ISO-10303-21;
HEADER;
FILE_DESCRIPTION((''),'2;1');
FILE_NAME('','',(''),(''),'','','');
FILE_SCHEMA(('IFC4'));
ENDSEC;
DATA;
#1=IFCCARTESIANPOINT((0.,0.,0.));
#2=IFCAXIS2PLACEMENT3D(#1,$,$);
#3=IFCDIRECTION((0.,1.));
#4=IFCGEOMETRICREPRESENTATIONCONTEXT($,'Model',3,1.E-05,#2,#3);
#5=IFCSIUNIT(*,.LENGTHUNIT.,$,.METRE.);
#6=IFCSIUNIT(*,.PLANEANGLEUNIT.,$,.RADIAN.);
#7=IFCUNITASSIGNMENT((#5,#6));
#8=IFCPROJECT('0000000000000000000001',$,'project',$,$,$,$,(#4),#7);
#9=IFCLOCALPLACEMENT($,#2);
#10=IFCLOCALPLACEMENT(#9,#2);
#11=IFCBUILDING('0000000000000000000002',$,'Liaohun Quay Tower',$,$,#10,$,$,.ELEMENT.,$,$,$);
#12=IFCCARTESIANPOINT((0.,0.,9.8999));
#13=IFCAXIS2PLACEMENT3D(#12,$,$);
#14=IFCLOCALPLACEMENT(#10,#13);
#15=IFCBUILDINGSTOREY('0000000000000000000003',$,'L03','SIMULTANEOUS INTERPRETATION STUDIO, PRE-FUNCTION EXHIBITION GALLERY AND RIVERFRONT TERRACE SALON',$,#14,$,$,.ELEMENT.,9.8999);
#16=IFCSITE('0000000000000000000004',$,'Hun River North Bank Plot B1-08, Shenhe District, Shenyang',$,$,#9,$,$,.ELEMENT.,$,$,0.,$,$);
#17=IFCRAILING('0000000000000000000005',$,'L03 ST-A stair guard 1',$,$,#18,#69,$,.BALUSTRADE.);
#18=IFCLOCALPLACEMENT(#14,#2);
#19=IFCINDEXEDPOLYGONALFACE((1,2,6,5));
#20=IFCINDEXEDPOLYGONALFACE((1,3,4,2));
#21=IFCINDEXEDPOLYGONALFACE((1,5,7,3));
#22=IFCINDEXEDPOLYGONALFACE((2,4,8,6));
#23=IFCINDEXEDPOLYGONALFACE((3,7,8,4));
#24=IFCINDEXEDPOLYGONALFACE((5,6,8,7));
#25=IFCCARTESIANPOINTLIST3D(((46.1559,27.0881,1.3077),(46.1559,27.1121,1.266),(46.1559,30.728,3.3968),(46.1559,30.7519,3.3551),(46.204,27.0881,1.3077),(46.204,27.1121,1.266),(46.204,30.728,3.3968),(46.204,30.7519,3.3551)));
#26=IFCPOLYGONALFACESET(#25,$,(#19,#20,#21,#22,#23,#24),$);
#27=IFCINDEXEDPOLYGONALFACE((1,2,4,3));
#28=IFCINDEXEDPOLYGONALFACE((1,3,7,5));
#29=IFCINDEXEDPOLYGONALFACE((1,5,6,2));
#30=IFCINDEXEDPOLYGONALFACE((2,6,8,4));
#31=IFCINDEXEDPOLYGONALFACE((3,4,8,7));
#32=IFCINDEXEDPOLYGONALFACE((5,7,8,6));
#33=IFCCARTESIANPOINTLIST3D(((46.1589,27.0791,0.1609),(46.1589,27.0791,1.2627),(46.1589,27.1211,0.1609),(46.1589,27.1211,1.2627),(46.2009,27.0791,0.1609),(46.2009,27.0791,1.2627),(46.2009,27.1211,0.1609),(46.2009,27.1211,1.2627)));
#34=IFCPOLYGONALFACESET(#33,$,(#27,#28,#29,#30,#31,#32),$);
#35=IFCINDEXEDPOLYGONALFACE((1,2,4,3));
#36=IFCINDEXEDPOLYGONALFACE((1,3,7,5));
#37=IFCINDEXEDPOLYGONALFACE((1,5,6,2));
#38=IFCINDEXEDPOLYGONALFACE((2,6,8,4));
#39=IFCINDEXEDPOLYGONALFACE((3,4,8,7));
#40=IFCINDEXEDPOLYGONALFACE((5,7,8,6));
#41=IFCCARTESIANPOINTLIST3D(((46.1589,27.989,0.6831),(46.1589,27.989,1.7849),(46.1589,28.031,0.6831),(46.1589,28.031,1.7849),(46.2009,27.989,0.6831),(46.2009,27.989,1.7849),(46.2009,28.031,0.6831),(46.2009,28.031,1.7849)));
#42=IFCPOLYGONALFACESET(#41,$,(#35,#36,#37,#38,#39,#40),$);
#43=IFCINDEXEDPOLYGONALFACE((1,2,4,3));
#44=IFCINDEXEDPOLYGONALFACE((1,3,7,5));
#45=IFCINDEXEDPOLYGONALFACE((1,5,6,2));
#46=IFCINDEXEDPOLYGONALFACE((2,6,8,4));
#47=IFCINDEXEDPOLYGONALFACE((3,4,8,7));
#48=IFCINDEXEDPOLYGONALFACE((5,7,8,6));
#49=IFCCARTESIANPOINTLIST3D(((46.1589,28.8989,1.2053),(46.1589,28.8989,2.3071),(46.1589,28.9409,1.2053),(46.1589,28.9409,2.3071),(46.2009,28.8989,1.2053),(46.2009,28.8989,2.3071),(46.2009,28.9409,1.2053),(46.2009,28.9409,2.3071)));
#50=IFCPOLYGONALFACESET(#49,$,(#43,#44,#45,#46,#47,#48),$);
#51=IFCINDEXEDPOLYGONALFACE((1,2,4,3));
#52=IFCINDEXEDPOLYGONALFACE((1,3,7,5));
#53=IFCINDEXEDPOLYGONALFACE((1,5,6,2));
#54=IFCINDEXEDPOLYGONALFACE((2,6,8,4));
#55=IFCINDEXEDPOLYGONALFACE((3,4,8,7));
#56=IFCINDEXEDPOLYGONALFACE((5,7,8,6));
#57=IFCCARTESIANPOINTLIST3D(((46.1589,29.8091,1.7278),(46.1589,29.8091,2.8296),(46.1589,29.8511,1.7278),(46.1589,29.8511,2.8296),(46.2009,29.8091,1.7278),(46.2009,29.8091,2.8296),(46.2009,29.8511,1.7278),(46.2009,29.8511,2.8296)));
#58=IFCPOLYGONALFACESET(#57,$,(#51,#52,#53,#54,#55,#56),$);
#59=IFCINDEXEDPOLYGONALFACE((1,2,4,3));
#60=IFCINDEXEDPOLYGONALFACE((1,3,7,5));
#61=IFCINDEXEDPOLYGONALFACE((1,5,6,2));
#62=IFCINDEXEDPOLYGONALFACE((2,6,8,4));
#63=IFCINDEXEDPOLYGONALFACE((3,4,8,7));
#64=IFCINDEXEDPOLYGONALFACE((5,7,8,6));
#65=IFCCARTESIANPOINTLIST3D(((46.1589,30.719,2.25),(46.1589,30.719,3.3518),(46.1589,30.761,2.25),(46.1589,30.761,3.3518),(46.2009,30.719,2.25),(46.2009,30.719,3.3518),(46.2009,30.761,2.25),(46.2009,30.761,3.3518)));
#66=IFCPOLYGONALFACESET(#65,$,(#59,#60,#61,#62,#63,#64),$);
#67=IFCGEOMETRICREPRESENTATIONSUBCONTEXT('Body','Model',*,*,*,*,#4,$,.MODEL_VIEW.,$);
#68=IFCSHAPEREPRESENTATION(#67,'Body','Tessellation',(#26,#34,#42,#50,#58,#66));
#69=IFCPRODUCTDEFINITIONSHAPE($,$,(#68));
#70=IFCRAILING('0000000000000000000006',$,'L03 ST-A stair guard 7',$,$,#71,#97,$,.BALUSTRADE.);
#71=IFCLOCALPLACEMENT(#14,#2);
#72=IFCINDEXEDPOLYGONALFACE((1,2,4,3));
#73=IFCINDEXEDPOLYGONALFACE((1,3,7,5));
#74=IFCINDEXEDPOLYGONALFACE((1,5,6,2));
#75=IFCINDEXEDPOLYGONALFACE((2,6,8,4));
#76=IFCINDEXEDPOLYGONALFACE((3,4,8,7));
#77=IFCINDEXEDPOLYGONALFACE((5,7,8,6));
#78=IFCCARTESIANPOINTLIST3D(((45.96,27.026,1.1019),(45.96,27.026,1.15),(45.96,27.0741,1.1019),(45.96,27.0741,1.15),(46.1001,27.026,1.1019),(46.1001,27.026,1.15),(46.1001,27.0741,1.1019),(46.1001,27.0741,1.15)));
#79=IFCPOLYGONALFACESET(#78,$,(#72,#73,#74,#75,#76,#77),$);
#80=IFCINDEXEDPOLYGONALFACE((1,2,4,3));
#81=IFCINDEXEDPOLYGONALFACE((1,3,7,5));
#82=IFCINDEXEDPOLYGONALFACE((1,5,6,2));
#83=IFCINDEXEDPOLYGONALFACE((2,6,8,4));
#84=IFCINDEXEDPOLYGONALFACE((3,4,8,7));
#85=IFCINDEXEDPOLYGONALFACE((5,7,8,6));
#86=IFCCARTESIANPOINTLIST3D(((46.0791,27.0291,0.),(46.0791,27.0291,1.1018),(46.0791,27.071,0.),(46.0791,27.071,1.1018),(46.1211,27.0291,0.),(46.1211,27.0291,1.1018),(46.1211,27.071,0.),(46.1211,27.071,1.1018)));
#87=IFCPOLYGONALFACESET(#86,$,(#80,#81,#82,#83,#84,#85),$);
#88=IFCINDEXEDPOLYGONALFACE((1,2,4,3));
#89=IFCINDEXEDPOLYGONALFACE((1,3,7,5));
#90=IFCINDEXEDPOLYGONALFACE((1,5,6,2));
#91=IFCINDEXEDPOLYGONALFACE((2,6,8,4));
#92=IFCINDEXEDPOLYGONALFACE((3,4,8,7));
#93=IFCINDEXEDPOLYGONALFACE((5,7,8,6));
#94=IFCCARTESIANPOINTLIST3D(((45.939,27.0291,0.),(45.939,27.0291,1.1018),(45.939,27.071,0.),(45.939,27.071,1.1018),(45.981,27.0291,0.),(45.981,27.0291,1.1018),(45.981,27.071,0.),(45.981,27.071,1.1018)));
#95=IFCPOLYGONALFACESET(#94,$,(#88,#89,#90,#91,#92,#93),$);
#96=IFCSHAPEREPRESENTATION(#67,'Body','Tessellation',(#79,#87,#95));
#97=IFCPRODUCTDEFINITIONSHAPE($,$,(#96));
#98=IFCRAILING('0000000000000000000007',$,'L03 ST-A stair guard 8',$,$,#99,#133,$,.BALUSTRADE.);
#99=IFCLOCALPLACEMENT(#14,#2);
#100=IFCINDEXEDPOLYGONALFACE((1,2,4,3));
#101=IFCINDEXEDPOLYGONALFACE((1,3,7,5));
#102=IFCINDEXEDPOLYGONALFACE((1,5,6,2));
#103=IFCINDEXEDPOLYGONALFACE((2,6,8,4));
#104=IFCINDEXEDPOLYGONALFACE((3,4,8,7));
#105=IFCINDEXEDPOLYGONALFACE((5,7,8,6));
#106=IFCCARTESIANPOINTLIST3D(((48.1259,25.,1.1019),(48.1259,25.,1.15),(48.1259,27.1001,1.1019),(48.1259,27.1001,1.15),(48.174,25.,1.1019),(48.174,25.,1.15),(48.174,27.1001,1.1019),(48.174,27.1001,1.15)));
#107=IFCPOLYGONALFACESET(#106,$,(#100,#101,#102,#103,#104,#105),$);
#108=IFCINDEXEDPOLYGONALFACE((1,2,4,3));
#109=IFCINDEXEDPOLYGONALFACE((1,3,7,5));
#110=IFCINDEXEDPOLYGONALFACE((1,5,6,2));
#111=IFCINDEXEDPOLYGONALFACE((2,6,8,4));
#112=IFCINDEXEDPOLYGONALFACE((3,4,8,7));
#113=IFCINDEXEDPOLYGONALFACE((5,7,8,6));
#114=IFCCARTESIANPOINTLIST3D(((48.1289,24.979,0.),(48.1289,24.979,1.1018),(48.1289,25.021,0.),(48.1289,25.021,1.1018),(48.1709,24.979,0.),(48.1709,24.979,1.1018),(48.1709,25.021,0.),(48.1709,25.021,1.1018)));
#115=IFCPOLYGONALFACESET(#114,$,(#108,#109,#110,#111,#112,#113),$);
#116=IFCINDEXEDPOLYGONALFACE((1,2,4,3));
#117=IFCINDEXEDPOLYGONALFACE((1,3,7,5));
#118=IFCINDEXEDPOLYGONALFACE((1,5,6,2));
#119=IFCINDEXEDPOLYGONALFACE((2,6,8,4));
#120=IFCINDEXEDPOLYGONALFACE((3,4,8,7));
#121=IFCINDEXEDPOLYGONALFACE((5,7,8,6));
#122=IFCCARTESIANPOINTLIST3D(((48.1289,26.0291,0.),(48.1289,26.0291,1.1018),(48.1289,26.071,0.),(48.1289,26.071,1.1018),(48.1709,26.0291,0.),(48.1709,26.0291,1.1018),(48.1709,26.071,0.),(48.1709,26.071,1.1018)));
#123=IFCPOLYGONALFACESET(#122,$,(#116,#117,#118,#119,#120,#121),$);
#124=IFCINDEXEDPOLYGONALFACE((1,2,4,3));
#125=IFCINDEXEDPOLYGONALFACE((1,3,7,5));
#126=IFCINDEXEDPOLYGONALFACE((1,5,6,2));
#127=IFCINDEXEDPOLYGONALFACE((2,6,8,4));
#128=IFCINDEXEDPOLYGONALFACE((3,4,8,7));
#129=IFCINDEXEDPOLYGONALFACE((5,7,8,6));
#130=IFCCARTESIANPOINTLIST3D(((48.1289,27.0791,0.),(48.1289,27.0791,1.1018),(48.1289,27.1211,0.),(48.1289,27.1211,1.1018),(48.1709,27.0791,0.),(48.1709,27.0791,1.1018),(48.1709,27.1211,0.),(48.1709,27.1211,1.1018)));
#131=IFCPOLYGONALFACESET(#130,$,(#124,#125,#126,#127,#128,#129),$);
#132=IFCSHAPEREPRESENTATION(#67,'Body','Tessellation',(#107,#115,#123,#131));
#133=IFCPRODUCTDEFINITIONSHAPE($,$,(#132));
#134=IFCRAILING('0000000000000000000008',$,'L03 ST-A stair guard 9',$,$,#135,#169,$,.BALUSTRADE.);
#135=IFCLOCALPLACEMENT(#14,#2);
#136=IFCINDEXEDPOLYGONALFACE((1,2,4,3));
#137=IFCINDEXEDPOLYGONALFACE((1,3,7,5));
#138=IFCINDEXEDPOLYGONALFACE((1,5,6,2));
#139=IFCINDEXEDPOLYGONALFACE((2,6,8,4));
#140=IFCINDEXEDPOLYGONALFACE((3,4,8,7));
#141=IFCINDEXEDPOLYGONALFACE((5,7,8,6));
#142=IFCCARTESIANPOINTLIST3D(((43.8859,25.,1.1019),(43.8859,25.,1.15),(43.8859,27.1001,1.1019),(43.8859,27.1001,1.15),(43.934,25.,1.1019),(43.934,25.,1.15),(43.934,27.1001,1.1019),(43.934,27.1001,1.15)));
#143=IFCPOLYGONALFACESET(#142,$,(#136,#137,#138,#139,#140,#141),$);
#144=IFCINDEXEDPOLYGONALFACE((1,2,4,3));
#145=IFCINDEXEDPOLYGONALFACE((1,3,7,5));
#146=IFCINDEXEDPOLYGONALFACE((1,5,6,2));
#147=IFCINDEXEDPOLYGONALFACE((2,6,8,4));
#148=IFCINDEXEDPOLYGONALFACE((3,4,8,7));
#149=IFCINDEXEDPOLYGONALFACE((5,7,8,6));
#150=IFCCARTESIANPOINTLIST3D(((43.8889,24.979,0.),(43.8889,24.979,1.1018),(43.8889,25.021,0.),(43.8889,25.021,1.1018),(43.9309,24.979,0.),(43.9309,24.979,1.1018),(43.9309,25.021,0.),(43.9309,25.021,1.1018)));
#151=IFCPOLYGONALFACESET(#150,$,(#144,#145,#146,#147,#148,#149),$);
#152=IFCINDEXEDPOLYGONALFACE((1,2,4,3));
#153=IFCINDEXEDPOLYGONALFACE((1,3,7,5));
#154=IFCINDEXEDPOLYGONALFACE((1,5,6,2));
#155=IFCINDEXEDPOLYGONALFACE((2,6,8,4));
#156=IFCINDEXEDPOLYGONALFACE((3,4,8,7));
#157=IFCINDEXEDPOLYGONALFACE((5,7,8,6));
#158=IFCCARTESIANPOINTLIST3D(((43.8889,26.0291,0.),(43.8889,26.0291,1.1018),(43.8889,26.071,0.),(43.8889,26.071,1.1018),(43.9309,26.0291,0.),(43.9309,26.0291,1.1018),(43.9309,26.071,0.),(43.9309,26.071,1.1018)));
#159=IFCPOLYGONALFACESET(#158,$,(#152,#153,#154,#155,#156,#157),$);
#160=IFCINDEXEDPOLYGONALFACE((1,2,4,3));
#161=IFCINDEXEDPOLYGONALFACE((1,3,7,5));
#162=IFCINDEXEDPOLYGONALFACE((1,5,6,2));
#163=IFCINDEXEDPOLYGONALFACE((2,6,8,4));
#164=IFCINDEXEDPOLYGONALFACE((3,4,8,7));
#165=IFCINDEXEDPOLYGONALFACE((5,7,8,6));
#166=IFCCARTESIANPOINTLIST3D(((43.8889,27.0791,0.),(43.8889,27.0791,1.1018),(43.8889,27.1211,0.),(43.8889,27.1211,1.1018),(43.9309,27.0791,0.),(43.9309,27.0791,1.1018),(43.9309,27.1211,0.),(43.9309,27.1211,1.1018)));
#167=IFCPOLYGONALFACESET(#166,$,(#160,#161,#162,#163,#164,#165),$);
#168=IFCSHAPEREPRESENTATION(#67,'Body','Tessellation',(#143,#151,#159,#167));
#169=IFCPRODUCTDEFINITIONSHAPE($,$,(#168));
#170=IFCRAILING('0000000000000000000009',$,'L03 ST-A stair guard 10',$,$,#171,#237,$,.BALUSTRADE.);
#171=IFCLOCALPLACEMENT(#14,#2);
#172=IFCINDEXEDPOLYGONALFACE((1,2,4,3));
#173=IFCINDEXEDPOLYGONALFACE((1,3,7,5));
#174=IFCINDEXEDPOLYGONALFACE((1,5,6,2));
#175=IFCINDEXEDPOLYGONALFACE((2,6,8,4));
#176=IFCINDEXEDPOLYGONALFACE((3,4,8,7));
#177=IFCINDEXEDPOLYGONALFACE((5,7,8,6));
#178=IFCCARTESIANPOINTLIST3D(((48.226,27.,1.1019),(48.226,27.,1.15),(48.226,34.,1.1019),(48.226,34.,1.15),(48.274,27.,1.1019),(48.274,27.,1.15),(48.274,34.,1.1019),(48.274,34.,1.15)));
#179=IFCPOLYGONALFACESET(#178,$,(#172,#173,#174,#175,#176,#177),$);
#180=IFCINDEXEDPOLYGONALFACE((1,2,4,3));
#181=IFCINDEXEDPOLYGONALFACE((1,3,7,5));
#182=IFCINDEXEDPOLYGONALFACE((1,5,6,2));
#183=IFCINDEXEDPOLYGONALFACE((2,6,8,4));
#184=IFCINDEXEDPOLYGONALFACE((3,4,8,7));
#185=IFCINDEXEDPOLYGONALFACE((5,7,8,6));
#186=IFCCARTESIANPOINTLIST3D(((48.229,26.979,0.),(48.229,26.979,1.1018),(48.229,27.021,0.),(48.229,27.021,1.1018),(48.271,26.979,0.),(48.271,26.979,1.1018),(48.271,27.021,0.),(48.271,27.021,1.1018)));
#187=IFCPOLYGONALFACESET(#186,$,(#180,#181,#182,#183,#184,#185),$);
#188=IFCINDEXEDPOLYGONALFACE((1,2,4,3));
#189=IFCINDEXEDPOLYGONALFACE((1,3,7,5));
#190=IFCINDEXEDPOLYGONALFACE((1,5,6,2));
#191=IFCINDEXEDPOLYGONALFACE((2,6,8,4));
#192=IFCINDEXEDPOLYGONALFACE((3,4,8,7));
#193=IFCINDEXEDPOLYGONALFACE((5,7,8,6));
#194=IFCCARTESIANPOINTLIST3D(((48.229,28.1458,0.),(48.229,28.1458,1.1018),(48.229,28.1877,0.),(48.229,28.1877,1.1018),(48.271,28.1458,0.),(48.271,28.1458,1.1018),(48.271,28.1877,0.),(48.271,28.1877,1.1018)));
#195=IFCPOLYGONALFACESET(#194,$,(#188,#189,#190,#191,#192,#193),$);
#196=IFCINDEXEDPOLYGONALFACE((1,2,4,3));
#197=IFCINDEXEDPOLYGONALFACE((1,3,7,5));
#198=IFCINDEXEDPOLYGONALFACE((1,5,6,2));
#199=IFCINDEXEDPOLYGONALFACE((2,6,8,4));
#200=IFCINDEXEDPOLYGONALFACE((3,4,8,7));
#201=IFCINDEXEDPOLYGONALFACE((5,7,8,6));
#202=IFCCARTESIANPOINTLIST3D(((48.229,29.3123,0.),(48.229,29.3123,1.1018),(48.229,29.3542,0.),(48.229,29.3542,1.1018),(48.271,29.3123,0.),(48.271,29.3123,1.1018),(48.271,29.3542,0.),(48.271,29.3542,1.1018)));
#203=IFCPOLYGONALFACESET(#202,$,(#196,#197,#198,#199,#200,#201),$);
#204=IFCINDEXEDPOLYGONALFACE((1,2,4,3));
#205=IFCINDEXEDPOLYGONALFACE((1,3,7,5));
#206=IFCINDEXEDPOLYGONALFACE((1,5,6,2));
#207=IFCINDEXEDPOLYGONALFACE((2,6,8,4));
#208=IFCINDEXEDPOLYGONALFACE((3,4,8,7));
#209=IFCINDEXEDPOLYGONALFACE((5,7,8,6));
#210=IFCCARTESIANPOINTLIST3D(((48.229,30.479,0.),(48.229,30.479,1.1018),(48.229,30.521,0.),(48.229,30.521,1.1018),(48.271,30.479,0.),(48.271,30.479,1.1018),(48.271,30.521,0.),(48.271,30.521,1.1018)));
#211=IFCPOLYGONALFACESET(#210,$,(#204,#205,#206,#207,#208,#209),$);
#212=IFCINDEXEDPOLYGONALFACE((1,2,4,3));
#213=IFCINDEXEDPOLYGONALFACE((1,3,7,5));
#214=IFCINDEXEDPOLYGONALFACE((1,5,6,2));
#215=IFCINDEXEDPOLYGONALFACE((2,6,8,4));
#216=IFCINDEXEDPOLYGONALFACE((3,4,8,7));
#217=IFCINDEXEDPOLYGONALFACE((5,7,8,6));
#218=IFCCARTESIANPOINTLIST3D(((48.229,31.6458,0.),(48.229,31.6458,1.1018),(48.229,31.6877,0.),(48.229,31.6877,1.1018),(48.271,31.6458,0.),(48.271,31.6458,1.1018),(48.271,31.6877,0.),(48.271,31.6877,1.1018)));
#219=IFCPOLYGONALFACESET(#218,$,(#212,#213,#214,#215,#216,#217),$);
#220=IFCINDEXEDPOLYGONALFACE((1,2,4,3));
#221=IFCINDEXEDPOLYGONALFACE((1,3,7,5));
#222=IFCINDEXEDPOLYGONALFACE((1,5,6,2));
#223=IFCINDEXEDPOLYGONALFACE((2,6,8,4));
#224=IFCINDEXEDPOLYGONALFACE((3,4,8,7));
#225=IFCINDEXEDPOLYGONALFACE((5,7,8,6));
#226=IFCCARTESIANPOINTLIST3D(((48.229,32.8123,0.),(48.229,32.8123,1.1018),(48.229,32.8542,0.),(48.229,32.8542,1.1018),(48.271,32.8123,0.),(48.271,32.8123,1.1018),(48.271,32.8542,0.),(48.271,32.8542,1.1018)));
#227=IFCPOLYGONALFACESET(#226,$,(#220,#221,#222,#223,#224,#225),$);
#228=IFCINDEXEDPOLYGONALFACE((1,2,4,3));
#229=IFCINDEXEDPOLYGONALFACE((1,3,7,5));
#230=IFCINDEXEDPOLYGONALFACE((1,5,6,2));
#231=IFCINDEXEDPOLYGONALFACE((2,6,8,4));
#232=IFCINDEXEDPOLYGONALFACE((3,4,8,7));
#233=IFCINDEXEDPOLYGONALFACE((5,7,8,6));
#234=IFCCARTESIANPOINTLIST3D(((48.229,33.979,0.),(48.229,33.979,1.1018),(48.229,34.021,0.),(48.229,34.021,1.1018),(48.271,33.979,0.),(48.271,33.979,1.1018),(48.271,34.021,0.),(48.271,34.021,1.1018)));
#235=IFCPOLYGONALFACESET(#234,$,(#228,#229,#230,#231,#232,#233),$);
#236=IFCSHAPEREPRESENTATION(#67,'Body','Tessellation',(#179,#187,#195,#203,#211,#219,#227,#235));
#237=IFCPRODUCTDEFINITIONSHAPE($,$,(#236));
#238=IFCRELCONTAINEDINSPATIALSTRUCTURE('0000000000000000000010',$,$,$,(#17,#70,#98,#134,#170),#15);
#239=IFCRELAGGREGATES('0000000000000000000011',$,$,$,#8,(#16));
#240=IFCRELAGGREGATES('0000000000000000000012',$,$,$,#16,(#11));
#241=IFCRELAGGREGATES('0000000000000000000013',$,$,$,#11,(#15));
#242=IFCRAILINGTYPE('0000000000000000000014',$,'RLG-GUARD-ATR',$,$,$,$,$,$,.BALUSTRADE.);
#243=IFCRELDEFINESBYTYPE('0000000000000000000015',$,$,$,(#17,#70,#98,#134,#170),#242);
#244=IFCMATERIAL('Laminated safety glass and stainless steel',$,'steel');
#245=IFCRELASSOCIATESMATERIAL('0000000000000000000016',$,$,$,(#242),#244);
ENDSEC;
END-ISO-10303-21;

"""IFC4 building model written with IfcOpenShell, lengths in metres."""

from ifc_helpers import new_model, si_unit, direction, frame, origin, origin_2d, place, context, subcontext, project, spatial, rectangle, extrude, material, type_object, element, save


model = new_model("IFC4")

# Units and contexts
model_context = context("Model", 3, precision=1e-05, world=origin(), true_north=direction((0.0, 1.0)))
body_context = subcontext(model_context, "Body", "Model", "MODEL_VIEW")
ifc_project = project(units=[si_unit("LENGTHUNIT", "METRE"), si_unit("PLANEANGLEUNIT", "RADIAN")], contexts=[model_context])

# Site, building, storey
site_placement = place(None, origin())
site = spatial("IfcSite", under=ifc_project, at=site_placement, Name="Hun River North Bank Plot B1-08, Shenhe District, Shenyang", CompositionType="ELEMENT", RefElevation=0.0)
building_placement = place(site_placement, origin())
building = spatial("IfcBuilding", under=site, at=building_placement, Name="Liaohun Quay Tower", CompositionType="ELEMENT")
storey_placement = place(building_placement, frame((0.0, 0.0, 9.8999)))
storey = spatial("IfcBuildingStorey", under=building, at=storey_placement, Name="L03", Description="SIMULTANEOUS INTERPRETATION STUDIO, PRE-FUNCTION EXHIBITION GALLERY AND RIVERFRONT TERRACE SALON", CompositionType="ELEMENT", Elevation=9.8999)

# Railings
ifc_material_1 = material(Name="Laminated safety glass and stainless steel", Category="steel")
railing_type_1 = type_object("IfcRailingType", Name="RLG-GUARD-ATR", PredefinedType="BALUSTRADE", material=ifc_material_1)
railing_1_placement = place(storey_placement, frame((46.1799, 27.1001, 0.1609)))
element("IfcRailing", 1, at=railing_1_placement, inside=storey, type_object=railing_type_1, Name="L03 ST-A stair guard 1", PredefinedType="BALUSTRADE", context=body_context, shape_type="SweptSolid", body=[
    extrude(rectangle(XDim=0.0481, YDim=0.0481, at=origin_2d()), frame((0.0, 0.0, 1.126), z_axis=(0.0, 0.8673, 0.497786), x_axis=(-1.0, 0.0, 0.0)), (0.0, 0.0, 1.0), 4.1968),
    extrude(rectangle(XDim=0.042, YDim=0.042, at=origin_2d()), origin(), (0.0, 0.0, 1.0), 1.1018),
    extrude(rectangle(XDim=0.042, YDim=0.042, at=origin_2d()), frame((0.0, 0.9099, 0.5222)), (0.0, 0.0, 1.0), 1.1018),
    extrude(rectangle(XDim=0.042, YDim=0.042, at=origin_2d()), frame((0.0, 1.8198, 1.0444)), (0.0, 0.0, 1.0), 1.1018),
    extrude(rectangle(XDim=0.042, YDim=0.042, at=origin_2d()), frame((0.0, 2.73, 1.5669)), (0.0, 0.0, 1.0), 1.1018),
    extrude(rectangle(XDim=0.042, YDim=0.042, at=origin_2d()), frame((0.0, 3.6399, 2.0891)), (0.0, 0.0, 1.0), 1.1018),
])
railing_2_placement = place(storey_placement, frame((46.1001, 27.05, 0.0)))
element("IfcRailing", 2, at=railing_2_placement, inside=storey, type_object=railing_type_1, Name="L03 ST-A stair guard 7", PredefinedType="BALUSTRADE", context=body_context, shape_type="SweptSolid", body=[
    extrude(rectangle(XDim=0.0481, YDim=0.0481, at=origin_2d()), frame((0.0, 0.0, 1.126), z_axis=(-1.0, 0.0, 0.0), x_axis=(0.0, -1.0, 0.0)), (0.0, 0.0, 1.0), 0.1401),
    extrude(rectangle(XDim=0.042, YDim=0.042, at=origin_2d()), origin(), (0.0, 0.0, 1.0), 1.1018),
    extrude(rectangle(XDim=0.042, YDim=0.042, at=origin_2d()), frame((-0.1401, 0.0, 0.0)), (0.0, 0.0, 1.0), 1.1018),
])
for number, where, name in (
    (3, (48.1499, 25.0, 0.0), "L03 ST-A stair guard 8"),
    (4, (43.9099, 25.0, 0.0), "L03 ST-A stair guard 9"),
):
    element("IfcRailing", number, at=place(storey_placement, frame(where)), inside=storey, type_object=railing_type_1, Name=name, PredefinedType="BALUSTRADE", context=body_context, shape_type="SweptSolid", body=[
        extrude(rectangle(XDim=0.0481, YDim=0.0481, at=origin_2d()), frame((0.0, 0.0, 1.126), z_axis=(0.0, 1.0, 0.0), x_axis=(-1.0, 0.0, 0.0)), (0.0, 0.0, 1.0), 2.1001),
        extrude(rectangle(XDim=0.042, YDim=0.042, at=origin_2d()), origin(), (0.0, 0.0, 1.0), 1.1018),
        extrude(rectangle(XDim=0.042, YDim=0.042, at=origin_2d()), frame((0.0, 1.05, 0.0)), (0.0, 0.0, 1.0), 1.1018),
        extrude(rectangle(XDim=0.042, YDim=0.042, at=origin_2d()), frame((0.0, 2.1001, 0.0)), (0.0, 0.0, 1.0), 1.1018),
    ])
for number, where, name in (
    (5, (48.25, 27.0, 0.0), "L03 ST-A stair guard 10"),
):
    element("IfcRailing", number, at=place(storey_placement, frame(where)), inside=storey, type_object=railing_type_1, Name=name, PredefinedType="BALUSTRADE", context=body_context, shape_type="SweptSolid", body=[
        extrude(rectangle(XDim=0.0481, YDim=0.0481, at=origin_2d()), frame((0.0, 0.0, 1.126), z_axis=(0.0, 1.0, 0.0), x_axis=(-1.0, 0.0, 0.0)), (0.0, 0.0, 1.0), 7.0),
        extrude(rectangle(XDim=0.042, YDim=0.042, at=origin_2d()), origin(), (0.0, 0.0, 1.0), 1.1018),
        extrude(rectangle(XDim=0.042, YDim=0.042, at=origin_2d()), frame((0.0, 1.1667, 0.0)), (0.0, 0.0, 1.0), 1.1018),
        extrude(rectangle(XDim=0.042, YDim=0.042, at=origin_2d()), frame((0.0, 2.3333, 0.0)), (0.0, 0.0, 1.0), 1.1018),
        extrude(rectangle(XDim=0.042, YDim=0.042, at=origin_2d()), frame((0.0, 3.5, 0.0)), (0.0, 0.0, 1.0), 1.1018),
        extrude(rectangle(XDim=0.042, YDim=0.042, at=origin_2d()), frame((0.0, 4.6667, 0.0)), (0.0, 0.0, 1.0), 1.1018),
        extrude(rectangle(XDim=0.042, YDim=0.042, at=origin_2d()), frame((0.0, 5.8333, 0.0)), (0.0, 0.0, 1.0), 1.1018),
        extrude(rectangle(XDim=0.042, YDim=0.042, at=origin_2d()), frame((0.0, 7.0, 0.0)), (0.0, 0.0, 1.0), 1.1018),
    ])

save(model, "model.ifc")
